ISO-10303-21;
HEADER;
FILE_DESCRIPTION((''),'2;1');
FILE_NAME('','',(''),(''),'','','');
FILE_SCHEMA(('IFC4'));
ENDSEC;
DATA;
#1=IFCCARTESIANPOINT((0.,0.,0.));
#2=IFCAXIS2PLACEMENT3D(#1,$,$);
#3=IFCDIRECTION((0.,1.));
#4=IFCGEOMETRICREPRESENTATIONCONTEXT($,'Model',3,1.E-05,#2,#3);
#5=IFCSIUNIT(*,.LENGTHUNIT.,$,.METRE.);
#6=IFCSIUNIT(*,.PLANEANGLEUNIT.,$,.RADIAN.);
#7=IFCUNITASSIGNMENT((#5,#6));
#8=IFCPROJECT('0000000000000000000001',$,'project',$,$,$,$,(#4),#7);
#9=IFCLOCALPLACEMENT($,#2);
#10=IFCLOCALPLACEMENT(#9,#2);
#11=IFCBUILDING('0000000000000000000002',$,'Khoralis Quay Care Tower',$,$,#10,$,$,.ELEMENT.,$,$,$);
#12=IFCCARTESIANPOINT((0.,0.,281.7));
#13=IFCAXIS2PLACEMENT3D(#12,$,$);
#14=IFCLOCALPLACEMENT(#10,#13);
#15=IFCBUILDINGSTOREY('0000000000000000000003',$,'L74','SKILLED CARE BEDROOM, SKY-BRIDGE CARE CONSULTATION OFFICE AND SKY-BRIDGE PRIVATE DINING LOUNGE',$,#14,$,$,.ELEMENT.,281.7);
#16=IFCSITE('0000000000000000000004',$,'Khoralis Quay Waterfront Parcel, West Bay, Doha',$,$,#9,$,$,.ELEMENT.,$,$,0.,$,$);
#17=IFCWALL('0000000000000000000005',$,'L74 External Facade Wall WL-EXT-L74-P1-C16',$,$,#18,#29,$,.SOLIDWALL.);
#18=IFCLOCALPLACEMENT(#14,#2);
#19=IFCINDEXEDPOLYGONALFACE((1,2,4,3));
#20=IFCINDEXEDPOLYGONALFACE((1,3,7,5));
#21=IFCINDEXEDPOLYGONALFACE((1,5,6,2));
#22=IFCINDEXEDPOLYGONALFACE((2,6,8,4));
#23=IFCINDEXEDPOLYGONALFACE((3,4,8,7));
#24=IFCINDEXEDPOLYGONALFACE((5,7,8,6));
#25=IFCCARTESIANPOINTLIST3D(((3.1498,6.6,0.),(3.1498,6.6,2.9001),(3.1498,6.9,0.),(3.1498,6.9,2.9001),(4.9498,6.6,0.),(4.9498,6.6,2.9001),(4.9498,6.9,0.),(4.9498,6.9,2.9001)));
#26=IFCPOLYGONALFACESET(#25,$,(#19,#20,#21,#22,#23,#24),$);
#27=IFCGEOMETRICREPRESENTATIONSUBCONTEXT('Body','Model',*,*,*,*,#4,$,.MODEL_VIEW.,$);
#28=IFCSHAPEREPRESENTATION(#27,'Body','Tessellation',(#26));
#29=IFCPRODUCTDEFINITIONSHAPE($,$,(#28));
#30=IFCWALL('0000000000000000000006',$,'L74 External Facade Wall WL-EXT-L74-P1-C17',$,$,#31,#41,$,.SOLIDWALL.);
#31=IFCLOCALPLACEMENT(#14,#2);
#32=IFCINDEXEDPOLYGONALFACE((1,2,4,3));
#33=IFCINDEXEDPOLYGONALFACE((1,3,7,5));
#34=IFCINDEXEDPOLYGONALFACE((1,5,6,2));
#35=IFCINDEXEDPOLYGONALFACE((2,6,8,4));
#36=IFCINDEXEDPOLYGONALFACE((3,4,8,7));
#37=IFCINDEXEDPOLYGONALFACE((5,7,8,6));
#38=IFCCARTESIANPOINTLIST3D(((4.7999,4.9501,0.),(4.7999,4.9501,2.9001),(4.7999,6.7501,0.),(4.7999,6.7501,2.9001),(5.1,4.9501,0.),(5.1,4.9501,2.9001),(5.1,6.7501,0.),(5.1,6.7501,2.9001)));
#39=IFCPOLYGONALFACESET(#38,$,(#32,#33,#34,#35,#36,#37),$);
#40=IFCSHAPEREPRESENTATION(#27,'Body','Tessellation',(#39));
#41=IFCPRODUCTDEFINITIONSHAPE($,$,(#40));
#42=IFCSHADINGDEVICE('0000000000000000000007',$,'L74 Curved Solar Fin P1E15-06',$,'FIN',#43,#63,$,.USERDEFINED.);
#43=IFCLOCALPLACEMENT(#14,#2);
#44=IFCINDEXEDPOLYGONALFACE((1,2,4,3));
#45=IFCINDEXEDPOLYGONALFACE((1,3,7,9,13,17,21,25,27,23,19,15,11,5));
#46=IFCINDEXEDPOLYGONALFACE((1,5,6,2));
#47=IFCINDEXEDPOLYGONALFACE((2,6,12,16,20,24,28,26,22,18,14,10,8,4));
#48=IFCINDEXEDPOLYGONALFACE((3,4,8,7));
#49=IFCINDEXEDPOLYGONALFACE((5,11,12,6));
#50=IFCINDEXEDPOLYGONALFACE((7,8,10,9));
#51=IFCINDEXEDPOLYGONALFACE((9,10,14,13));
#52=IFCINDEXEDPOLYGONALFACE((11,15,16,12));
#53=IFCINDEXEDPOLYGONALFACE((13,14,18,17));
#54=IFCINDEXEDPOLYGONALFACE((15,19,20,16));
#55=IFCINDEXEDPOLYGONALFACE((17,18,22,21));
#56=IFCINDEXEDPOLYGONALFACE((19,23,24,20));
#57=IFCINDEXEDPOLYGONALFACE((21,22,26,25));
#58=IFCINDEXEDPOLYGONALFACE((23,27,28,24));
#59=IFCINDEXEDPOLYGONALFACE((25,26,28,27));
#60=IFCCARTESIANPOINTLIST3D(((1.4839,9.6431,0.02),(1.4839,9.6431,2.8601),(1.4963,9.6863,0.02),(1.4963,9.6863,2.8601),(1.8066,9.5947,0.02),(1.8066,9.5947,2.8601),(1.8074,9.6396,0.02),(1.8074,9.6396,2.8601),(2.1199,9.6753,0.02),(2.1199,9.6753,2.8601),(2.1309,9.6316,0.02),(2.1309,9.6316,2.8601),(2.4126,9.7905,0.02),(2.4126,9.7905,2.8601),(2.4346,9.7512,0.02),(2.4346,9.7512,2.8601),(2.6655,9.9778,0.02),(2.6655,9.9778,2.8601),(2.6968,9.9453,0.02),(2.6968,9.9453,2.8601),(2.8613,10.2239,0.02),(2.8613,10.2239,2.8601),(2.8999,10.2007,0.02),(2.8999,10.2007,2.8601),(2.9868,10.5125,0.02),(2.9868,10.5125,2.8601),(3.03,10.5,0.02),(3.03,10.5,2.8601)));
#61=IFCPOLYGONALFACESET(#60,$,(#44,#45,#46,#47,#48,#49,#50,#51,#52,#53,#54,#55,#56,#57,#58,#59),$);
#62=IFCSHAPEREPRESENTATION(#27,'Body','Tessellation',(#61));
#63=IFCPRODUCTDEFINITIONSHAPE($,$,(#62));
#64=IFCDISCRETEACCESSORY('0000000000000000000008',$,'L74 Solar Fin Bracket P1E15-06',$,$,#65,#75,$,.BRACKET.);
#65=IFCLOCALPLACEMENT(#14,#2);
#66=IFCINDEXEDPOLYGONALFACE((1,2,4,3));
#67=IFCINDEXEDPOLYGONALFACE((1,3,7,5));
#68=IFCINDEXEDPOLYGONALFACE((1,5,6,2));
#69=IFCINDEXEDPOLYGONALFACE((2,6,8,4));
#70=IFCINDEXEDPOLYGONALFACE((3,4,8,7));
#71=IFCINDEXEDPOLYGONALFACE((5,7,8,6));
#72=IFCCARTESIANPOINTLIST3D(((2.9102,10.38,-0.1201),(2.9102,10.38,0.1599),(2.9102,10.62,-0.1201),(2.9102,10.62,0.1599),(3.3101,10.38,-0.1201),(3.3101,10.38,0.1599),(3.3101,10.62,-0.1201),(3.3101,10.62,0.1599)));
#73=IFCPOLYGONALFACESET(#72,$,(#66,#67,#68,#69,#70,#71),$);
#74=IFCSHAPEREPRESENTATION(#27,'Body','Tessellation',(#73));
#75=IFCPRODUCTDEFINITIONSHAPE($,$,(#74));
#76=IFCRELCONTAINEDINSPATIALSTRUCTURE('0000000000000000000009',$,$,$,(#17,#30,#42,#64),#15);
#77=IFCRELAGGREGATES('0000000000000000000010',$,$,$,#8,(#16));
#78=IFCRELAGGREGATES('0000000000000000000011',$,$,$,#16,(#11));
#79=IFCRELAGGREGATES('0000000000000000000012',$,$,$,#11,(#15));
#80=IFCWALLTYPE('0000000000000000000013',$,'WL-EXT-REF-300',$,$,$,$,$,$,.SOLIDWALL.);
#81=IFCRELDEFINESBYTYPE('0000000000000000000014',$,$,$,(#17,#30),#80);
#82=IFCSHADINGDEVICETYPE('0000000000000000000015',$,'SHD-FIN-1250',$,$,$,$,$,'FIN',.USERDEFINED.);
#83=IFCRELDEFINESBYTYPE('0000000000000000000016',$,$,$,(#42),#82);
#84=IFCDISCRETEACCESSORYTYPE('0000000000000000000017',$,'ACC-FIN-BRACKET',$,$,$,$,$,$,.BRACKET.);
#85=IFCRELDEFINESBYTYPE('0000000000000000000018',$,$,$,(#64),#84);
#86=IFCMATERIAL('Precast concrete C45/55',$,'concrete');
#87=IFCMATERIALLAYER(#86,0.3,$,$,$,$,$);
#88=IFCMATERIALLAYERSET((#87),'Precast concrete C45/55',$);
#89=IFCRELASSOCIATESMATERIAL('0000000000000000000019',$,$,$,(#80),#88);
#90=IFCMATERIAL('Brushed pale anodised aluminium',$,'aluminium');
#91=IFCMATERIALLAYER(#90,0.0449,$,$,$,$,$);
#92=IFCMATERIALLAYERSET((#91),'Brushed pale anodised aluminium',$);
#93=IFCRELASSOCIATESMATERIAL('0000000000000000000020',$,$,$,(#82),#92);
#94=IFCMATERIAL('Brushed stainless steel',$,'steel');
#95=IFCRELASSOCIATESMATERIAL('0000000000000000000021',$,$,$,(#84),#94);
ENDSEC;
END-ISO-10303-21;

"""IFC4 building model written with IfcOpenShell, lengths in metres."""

from ifc_helpers import new_model, si_unit, direction, frame, frame_2d, origin, origin_2d, place, context, subcontext, project, spatial, polyline, rectangle, outline, extrude, source, transform, mapped, material, layer, layer_set, type_object, element, save


model = new_model("IFC4")

# Units and contexts
model_context = context("Model", 3, precision=1e-05, world=origin(), true_north=direction((0.0, 1.0)))
body_context = subcontext(model_context, "Body", "Model", "MODEL_VIEW")
ifc_project = project(units=[si_unit("LENGTHUNIT", "METRE"), si_unit("PLANEANGLEUNIT", "RADIAN")], contexts=[model_context])

# Site, building, storey
site_placement = place(None, origin())
site = spatial("IfcSite", under=ifc_project, at=site_placement, Name="Khoralis Quay Waterfront Parcel, West Bay, Doha", CompositionType="ELEMENT", RefElevation=0.0)
building_placement = place(site_placement, origin())
building = spatial("IfcBuilding", under=site, at=building_placement, Name="Khoralis Quay Care Tower", CompositionType="ELEMENT")
storey_placement = place(building_placement, frame((0.0, 0.0, 281.7)))
storey = spatial("IfcBuildingStorey", under=building, at=storey_placement, Name="L74", Description="SKILLED CARE BEDROOM, SKY-BRIDGE CARE CONSULTATION OFFICE AND SKY-BRIDGE PRIVATE DINING LOUNGE", CompositionType="ELEMENT", Elevation=281.7)

# Walls
ifc_material_1 = material(Name="Precast concrete C45/55", Category="concrete")
ifc_layer_1 = layer(ifc_material_1, 0.3)
ifc_layer_set_1 = layer_set([ifc_layer_1], Name="Precast concrete C45/55")
wall_type_1 = type_object("IfcWallType", Name="WL-EXT-REF-300", PredefinedType="SOLIDWALL", material=ifc_layer_set_1)
for number, where, z_axis, x_axis, name in (
    (1, (3.1499, 6.75, 0.0), (0.0, 0.0, 1.0), (1.0, 0.0, 0.0), "L74 External Facade Wall WL-EXT-L74-P1-C16"),
    (2, (4.95, 6.75, 0.0), (0.0, 0.0, 1.0), (0.0, -1.0, 0.0), "L74 External Facade Wall WL-EXT-L74-P1-C17"),
):
    element("IfcWall", number, at=place(storey_placement, frame(where, z_axis=z_axis, x_axis=x_axis)), inside=storey, type_object=wall_type_1, Name=name, PredefinedType="SOLIDWALL", context=body_context, shape_type="SweptSolid", body=[
        extrude(rectangle(XDim=1.8, YDim=0.3, at=frame_2d((0.8999, 0.0))), origin(), (0.0, 0.0, 1.0), 2.9001),
    ])

# Shading device
ifc_material_2 = material(Name="Brushed pale anodised aluminium", Category="aluminium")
ifc_layer_2 = layer(ifc_material_2, 0.0449)
ifc_layer_set_2 = layer_set([ifc_layer_2], Name="Brushed pale anodised aluminium")
shading_device_type = type_object("IfcShadingDeviceType", Name="SHD-FIN-1250", ElementType="FIN", PredefinedType="USERDEFINED", material=ifc_layer_set_2)
shared_shape_1 = source(origin(), body_context, "Body", "SweptSolid", [
    extrude(outline(polyline([(0.0, 0.0), (0.1301, 0.2993), (0.3333, 0.5547), (0.5955, 0.7488), (0.8992, 0.8684), (1.2234, 0.9053), (1.5461, 0.8569), (1.5337, 0.8137), (1.2227, 0.8604), (0.9102, 0.8247), (0.6174, 0.7095), (0.3645, 0.5222), (0.1687, 0.2761), (0.0432, -0.0125), (0.0, 0.0)])), origin(), (0.0, 0.0, 1.0), 2.8401),
])
shading_device_placement = place(storey_placement, frame((3.03, 10.5, 0.02), z_axis=(0.0, 0.0, 1.0), x_axis=(-1.0, 0.0, 0.0)))
element("IfcShadingDevice", 3, at=shading_device_placement, inside=storey, type_object=shading_device_type, Name="L74 Curved Solar Fin P1E15-06", ObjectType="FIN", PredefinedType="USERDEFINED", context=body_context, shape_type="MappedRepresentation", body=[
    mapped(shared_shape_1, transform((0.0, 0.0, 0.0), scale=1.0)),
])

# Discrete accessory
ifc_material_3 = material(Name="Brushed stainless steel", Category="steel")
discrete_accessory_type = type_object("IfcDiscreteAccessoryType", Name="ACC-FIN-BRACKET", PredefinedType="BRACKET", material=ifc_material_3)
shared_shape_2 = source(origin(), body_context, "Body", "SweptSolid", [
    extrude(rectangle(XDim=0.3999, YDim=0.24, at=origin_2d()), origin(), (0.0, 0.0, 1.0), 0.28),
])
discrete_accessory_placement = place(storey_placement, frame((3.1101, 10.5, -0.1201), z_axis=(0.0, 0.0, 1.0), x_axis=(-1.0, 0.0, 0.0)))
element("IfcDiscreteAccessory", 4, at=discrete_accessory_placement, inside=storey, type_object=discrete_accessory_type, Name="L74 Solar Fin Bracket P1E15-06", PredefinedType="BRACKET", context=body_context, shape_type="MappedRepresentation", body=[
    mapped(shared_shape_2, transform((0.0, 0.0, 0.0), scale=1.0)),
])

save(model, "model.ifc")
